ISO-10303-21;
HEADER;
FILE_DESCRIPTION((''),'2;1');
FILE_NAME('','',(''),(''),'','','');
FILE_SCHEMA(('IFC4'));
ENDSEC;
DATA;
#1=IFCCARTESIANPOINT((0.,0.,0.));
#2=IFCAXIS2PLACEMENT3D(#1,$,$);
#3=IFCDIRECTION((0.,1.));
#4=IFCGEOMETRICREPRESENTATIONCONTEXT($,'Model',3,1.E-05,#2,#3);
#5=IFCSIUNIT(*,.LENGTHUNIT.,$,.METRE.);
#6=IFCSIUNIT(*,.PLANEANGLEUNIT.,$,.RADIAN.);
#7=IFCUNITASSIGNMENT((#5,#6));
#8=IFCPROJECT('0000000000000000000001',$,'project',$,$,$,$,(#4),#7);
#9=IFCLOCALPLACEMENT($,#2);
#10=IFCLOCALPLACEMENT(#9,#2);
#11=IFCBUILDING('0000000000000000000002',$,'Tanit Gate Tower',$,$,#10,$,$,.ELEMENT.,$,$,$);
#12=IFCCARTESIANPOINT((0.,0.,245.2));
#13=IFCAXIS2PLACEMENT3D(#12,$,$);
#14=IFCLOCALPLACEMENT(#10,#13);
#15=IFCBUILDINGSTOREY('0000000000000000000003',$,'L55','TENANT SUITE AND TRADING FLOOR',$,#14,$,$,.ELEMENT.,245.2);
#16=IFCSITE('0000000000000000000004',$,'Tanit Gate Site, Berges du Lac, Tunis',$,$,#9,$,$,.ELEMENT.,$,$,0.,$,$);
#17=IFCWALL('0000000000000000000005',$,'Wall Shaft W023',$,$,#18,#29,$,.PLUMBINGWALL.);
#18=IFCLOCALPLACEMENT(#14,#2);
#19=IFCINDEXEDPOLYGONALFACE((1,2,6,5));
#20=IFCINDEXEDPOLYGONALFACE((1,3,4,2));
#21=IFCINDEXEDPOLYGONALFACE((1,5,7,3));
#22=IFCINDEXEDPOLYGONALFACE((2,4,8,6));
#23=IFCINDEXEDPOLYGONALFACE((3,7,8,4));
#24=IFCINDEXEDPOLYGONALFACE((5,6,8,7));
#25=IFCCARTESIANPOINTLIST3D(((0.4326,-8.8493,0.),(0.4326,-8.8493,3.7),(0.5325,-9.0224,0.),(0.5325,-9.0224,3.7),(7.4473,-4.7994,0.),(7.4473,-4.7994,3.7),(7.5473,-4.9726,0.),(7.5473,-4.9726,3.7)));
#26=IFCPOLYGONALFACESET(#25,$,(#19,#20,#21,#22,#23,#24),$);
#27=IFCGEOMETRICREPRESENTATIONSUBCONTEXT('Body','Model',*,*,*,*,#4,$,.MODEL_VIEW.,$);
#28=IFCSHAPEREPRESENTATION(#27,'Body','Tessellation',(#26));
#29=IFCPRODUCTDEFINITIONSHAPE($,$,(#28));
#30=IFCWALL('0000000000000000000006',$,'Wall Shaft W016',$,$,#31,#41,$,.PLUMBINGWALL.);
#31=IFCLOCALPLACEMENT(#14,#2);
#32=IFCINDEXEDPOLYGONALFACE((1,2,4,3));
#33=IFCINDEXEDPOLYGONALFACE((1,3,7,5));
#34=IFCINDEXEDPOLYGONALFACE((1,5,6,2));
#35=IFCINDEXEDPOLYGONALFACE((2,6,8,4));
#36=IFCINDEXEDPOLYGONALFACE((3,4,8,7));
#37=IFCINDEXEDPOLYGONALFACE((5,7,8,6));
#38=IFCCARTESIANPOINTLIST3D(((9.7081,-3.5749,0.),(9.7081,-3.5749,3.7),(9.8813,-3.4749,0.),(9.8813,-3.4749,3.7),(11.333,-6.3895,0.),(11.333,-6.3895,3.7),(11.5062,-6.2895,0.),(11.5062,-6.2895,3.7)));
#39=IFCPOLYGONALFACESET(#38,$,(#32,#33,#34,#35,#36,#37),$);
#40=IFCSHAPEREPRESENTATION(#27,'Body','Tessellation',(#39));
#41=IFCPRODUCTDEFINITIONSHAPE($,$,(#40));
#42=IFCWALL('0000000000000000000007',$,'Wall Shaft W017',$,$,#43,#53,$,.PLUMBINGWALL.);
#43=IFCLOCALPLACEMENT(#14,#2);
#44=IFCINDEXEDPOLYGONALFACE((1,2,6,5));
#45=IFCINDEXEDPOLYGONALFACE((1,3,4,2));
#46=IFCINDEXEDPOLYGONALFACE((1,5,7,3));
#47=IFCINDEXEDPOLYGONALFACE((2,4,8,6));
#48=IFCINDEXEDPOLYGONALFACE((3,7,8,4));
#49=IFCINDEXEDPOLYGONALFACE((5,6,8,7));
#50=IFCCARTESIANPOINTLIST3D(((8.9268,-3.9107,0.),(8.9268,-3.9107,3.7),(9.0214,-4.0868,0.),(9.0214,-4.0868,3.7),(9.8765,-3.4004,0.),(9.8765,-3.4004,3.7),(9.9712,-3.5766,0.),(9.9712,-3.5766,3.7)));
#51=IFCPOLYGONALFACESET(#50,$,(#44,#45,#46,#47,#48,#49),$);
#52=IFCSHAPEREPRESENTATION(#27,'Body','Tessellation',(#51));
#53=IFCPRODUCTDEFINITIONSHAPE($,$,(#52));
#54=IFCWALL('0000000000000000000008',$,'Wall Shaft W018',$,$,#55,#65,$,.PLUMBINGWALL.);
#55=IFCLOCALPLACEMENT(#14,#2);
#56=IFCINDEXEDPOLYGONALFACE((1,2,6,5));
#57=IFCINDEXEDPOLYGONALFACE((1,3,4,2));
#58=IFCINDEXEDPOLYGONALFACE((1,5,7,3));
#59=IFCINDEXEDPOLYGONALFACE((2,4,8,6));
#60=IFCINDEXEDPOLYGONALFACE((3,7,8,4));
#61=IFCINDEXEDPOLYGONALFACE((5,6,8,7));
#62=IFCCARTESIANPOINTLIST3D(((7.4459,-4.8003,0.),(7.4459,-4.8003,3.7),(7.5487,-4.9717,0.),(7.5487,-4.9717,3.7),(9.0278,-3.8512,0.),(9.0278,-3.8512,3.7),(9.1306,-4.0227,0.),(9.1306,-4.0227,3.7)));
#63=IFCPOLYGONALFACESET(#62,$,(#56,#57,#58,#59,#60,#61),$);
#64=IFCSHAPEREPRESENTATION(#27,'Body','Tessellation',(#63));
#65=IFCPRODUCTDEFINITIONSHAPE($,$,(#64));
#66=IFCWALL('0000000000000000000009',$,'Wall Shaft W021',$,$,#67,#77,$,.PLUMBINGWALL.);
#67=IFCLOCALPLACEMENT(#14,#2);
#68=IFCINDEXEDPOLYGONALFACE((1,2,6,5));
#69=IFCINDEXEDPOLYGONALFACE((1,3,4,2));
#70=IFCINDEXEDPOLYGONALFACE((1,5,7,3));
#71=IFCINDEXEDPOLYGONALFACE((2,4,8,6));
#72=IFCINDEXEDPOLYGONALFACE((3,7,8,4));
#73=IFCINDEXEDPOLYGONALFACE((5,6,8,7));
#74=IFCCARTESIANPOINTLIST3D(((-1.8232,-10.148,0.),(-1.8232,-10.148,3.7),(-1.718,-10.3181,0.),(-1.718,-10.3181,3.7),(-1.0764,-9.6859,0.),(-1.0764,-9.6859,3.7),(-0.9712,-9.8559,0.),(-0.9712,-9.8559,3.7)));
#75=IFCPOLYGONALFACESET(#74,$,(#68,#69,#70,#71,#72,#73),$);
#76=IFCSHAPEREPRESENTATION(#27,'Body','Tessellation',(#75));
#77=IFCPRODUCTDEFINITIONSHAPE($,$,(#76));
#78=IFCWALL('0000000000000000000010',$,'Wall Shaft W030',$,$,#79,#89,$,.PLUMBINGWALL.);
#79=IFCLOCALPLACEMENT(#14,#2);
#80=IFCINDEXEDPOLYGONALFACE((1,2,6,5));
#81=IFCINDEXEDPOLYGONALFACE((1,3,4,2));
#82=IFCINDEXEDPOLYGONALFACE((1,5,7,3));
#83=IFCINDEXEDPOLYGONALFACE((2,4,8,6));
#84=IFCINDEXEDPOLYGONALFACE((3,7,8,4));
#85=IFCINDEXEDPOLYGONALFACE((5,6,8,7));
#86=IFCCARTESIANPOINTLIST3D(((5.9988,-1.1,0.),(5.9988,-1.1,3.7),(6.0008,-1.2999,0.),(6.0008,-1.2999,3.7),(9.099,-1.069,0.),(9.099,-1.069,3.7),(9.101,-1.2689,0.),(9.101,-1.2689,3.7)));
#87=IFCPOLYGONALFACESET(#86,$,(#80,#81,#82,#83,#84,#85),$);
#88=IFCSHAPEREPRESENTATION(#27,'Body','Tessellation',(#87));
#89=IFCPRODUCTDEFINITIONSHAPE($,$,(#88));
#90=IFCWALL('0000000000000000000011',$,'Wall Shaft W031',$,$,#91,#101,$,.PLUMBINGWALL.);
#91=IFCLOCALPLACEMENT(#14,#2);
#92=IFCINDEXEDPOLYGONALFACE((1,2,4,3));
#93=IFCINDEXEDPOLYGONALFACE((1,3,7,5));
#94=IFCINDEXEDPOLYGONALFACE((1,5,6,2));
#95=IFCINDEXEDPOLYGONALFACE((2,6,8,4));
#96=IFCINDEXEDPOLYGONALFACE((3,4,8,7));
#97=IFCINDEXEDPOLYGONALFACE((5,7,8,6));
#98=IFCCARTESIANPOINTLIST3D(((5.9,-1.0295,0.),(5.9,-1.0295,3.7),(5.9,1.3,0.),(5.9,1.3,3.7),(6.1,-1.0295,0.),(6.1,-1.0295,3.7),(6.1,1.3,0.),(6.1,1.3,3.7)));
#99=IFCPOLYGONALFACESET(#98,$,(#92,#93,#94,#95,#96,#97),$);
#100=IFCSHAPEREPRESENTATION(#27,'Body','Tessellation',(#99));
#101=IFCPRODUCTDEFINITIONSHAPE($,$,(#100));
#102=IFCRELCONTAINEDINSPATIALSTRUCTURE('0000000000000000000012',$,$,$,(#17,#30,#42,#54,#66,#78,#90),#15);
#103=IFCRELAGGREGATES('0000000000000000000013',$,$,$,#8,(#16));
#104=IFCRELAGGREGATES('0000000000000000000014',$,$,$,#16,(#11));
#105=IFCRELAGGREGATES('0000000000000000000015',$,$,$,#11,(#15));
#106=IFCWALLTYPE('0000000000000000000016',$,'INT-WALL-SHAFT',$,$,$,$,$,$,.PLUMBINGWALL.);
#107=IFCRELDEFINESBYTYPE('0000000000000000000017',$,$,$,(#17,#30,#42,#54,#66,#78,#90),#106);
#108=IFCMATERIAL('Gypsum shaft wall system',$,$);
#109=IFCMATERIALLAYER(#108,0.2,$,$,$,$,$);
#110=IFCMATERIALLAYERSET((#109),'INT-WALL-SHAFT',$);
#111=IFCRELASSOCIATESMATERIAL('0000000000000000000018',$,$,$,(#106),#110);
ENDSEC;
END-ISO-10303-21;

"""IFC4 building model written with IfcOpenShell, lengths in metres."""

from ifc_helpers import new_model, si_unit, direction, frame, frame_2d, origin, place, context, subcontext, project, spatial, rectangle, extrude, material, layer, layer_set, type_object, element, save


model = new_model("IFC4")

# Units and contexts
model_context = context("Model", 3, precision=1e-05, world=origin(), true_north=direction((0.0, 1.0)))
body_context = subcontext(model_context, "Body", "Model", "MODEL_VIEW")
ifc_project = project(units=[si_unit("LENGTHUNIT", "METRE"), si_unit("PLANEANGLEUNIT", "RADIAN")], contexts=[model_context])

# Site, building, storey
site_placement = place(None, origin())
site = spatial("IfcSite", under=ifc_project, at=site_placement, Name="Tanit Gate Site, Berges du Lac, Tunis", CompositionType="ELEMENT", RefElevation=0.0)
building_placement = place(site_placement, origin())
building = spatial("IfcBuilding", under=site, at=building_placement, Name="Tanit Gate Tower", CompositionType="ELEMENT")
storey_placement = place(building_placement, frame((0.0, 0.0, 245.2)))
storey = spatial("IfcBuildingStorey", under=building, at=storey_placement, Name="L55", Description="TENANT SUITE AND TRADING FLOOR", CompositionType="ELEMENT", Elevation=245.2)

# Walls
ifc_material_1 = material(Name="Gypsum shaft wall system")
ifc_layer_1 = layer(ifc_material_1, 0.2)
ifc_layer_set_1 = layer_set([ifc_layer_1], Name="INT-WALL-SHAFT")
wall_type_1 = type_object("IfcWallType", Name="INT-WALL-SHAFT", PredefinedType="PLUMBINGWALL", material=ifc_layer_set_1)
wall_1_placement = place(storey_placement, frame((0.4827, -8.9358, 0.0), z_axis=(0.0, 0.0, 1.0), x_axis=(0.866031, 0.49999, 0.0)))
element("IfcWall", 1, at=wall_1_placement, inside=storey, type_object=wall_type_1, Name="Wall Shaft W023", PredefinedType="PLUMBINGWALL", context=body_context, shape_type="SweptSolid", body=[
    extrude(rectangle(XDim=8.0999, YDim=0.2, at=frame_2d((4.0498, 0.0))), origin(), (0.0, 0.0, 1.0), 3.7),
])
wall_2_placement = place(storey_placement, frame((9.7947, -3.5249, 0.0), z_axis=(0.0, 0.0, 1.0), x_axis=(0.499985, -0.866034, 0.0)))
element("IfcWall", 2, at=wall_2_placement, inside=storey, type_object=wall_type_1, Name="Wall Shaft W016", PredefinedType="PLUMBINGWALL", context=body_context, shape_type="SweptSolid", body=[
    extrude(rectangle(XDim=3.25, YDim=0.2, at=frame_2d((1.625, 0.0))), origin(), (0.0, 0.0, 1.0), 3.7),
])
wall_3_placement = place(storey_placement, frame((8.9741, -3.9988, 0.0), z_axis=(0.0, 0.0, 1.0), x_axis=(0.880907, 0.473289, 0.0)))
element("IfcWall", 3, at=wall_3_placement, inside=storey, type_object=wall_type_1, Name="Wall Shaft W017", PredefinedType="PLUMBINGWALL", context=body_context, shape_type="SweptSolid", body=[
    extrude(rectangle(XDim=1.0781, YDim=0.2, at=frame_2d((0.5391, 0.0))), origin(), (0.0, 0.0, 1.0), 3.7),
])
wall_4_placement = place(storey_placement, frame((7.4973, -4.886, 0.0), z_axis=(0.0, 0.0, 1.0), x_axis=(0.857516, 0.514457, 0.0)))
element("IfcWall", 4, at=wall_4_placement, inside=storey, type_object=wall_type_1, Name="Wall Shaft W018", PredefinedType="PLUMBINGWALL", context=body_context, shape_type="SweptSolid", body=[
    extrude(rectangle(XDim=1.8447, YDim=0.2, at=frame_2d((0.9224, 0.0))), origin(), (0.0, 0.0, 1.0), 3.7),
])
wall_5_placement = place(storey_placement, frame((-1.0239, -9.771, 0.0), z_axis=(0.0, 0.0, 1.0), x_axis=(-0.850348, -0.526221, 0.0)))
element("IfcWall", 5, at=wall_5_placement, inside=storey, type_object=wall_type_1, Name="Wall Shaft W021", PredefinedType="PLUMBINGWALL", context=body_context, shape_type="SweptSolid", body=[
    extrude(rectangle(XDim=0.8782, YDim=0.2, at=frame_2d((0.439, 0.0))), origin(), (0.0, 0.0, 1.0), 3.7),
])
wall_6_placement = place(storey_placement, frame((9.1001, -1.1689, 0.0), z_axis=(0.0, 0.0, 1.0), x_axis=(-0.99995, -0.010001, 0.0)))
element("IfcWall", 6, at=wall_6_placement, inside=storey, type_object=wall_type_1, Name="Wall Shaft W030", PredefinedType="PLUMBINGWALL", context=body_context, shape_type="SweptSolid", body=[
    extrude(rectangle(XDim=3.1003, YDim=0.2, at=frame_2d((1.5503, 0.0))), origin(), (0.0, 0.0, 1.0), 3.7),
])
wall_7_placement = place(storey_placement, frame((6.0, -1.0295, 0.0), z_axis=(0.0, 0.0, 1.0), x_axis=(0.0, 1.0, 0.0)))
element("IfcWall", 7, at=wall_7_placement, inside=storey, type_object=wall_type_1, Name="Wall Shaft W031", PredefinedType="PLUMBINGWALL", context=body_context, shape_type="SweptSolid", body=[
    extrude(rectangle(XDim=2.3296, YDim=0.2, at=frame_2d((1.1648, 0.0))), origin(), (0.0, 0.0, 1.0), 3.7),
])

save(model, "model.ifc")
